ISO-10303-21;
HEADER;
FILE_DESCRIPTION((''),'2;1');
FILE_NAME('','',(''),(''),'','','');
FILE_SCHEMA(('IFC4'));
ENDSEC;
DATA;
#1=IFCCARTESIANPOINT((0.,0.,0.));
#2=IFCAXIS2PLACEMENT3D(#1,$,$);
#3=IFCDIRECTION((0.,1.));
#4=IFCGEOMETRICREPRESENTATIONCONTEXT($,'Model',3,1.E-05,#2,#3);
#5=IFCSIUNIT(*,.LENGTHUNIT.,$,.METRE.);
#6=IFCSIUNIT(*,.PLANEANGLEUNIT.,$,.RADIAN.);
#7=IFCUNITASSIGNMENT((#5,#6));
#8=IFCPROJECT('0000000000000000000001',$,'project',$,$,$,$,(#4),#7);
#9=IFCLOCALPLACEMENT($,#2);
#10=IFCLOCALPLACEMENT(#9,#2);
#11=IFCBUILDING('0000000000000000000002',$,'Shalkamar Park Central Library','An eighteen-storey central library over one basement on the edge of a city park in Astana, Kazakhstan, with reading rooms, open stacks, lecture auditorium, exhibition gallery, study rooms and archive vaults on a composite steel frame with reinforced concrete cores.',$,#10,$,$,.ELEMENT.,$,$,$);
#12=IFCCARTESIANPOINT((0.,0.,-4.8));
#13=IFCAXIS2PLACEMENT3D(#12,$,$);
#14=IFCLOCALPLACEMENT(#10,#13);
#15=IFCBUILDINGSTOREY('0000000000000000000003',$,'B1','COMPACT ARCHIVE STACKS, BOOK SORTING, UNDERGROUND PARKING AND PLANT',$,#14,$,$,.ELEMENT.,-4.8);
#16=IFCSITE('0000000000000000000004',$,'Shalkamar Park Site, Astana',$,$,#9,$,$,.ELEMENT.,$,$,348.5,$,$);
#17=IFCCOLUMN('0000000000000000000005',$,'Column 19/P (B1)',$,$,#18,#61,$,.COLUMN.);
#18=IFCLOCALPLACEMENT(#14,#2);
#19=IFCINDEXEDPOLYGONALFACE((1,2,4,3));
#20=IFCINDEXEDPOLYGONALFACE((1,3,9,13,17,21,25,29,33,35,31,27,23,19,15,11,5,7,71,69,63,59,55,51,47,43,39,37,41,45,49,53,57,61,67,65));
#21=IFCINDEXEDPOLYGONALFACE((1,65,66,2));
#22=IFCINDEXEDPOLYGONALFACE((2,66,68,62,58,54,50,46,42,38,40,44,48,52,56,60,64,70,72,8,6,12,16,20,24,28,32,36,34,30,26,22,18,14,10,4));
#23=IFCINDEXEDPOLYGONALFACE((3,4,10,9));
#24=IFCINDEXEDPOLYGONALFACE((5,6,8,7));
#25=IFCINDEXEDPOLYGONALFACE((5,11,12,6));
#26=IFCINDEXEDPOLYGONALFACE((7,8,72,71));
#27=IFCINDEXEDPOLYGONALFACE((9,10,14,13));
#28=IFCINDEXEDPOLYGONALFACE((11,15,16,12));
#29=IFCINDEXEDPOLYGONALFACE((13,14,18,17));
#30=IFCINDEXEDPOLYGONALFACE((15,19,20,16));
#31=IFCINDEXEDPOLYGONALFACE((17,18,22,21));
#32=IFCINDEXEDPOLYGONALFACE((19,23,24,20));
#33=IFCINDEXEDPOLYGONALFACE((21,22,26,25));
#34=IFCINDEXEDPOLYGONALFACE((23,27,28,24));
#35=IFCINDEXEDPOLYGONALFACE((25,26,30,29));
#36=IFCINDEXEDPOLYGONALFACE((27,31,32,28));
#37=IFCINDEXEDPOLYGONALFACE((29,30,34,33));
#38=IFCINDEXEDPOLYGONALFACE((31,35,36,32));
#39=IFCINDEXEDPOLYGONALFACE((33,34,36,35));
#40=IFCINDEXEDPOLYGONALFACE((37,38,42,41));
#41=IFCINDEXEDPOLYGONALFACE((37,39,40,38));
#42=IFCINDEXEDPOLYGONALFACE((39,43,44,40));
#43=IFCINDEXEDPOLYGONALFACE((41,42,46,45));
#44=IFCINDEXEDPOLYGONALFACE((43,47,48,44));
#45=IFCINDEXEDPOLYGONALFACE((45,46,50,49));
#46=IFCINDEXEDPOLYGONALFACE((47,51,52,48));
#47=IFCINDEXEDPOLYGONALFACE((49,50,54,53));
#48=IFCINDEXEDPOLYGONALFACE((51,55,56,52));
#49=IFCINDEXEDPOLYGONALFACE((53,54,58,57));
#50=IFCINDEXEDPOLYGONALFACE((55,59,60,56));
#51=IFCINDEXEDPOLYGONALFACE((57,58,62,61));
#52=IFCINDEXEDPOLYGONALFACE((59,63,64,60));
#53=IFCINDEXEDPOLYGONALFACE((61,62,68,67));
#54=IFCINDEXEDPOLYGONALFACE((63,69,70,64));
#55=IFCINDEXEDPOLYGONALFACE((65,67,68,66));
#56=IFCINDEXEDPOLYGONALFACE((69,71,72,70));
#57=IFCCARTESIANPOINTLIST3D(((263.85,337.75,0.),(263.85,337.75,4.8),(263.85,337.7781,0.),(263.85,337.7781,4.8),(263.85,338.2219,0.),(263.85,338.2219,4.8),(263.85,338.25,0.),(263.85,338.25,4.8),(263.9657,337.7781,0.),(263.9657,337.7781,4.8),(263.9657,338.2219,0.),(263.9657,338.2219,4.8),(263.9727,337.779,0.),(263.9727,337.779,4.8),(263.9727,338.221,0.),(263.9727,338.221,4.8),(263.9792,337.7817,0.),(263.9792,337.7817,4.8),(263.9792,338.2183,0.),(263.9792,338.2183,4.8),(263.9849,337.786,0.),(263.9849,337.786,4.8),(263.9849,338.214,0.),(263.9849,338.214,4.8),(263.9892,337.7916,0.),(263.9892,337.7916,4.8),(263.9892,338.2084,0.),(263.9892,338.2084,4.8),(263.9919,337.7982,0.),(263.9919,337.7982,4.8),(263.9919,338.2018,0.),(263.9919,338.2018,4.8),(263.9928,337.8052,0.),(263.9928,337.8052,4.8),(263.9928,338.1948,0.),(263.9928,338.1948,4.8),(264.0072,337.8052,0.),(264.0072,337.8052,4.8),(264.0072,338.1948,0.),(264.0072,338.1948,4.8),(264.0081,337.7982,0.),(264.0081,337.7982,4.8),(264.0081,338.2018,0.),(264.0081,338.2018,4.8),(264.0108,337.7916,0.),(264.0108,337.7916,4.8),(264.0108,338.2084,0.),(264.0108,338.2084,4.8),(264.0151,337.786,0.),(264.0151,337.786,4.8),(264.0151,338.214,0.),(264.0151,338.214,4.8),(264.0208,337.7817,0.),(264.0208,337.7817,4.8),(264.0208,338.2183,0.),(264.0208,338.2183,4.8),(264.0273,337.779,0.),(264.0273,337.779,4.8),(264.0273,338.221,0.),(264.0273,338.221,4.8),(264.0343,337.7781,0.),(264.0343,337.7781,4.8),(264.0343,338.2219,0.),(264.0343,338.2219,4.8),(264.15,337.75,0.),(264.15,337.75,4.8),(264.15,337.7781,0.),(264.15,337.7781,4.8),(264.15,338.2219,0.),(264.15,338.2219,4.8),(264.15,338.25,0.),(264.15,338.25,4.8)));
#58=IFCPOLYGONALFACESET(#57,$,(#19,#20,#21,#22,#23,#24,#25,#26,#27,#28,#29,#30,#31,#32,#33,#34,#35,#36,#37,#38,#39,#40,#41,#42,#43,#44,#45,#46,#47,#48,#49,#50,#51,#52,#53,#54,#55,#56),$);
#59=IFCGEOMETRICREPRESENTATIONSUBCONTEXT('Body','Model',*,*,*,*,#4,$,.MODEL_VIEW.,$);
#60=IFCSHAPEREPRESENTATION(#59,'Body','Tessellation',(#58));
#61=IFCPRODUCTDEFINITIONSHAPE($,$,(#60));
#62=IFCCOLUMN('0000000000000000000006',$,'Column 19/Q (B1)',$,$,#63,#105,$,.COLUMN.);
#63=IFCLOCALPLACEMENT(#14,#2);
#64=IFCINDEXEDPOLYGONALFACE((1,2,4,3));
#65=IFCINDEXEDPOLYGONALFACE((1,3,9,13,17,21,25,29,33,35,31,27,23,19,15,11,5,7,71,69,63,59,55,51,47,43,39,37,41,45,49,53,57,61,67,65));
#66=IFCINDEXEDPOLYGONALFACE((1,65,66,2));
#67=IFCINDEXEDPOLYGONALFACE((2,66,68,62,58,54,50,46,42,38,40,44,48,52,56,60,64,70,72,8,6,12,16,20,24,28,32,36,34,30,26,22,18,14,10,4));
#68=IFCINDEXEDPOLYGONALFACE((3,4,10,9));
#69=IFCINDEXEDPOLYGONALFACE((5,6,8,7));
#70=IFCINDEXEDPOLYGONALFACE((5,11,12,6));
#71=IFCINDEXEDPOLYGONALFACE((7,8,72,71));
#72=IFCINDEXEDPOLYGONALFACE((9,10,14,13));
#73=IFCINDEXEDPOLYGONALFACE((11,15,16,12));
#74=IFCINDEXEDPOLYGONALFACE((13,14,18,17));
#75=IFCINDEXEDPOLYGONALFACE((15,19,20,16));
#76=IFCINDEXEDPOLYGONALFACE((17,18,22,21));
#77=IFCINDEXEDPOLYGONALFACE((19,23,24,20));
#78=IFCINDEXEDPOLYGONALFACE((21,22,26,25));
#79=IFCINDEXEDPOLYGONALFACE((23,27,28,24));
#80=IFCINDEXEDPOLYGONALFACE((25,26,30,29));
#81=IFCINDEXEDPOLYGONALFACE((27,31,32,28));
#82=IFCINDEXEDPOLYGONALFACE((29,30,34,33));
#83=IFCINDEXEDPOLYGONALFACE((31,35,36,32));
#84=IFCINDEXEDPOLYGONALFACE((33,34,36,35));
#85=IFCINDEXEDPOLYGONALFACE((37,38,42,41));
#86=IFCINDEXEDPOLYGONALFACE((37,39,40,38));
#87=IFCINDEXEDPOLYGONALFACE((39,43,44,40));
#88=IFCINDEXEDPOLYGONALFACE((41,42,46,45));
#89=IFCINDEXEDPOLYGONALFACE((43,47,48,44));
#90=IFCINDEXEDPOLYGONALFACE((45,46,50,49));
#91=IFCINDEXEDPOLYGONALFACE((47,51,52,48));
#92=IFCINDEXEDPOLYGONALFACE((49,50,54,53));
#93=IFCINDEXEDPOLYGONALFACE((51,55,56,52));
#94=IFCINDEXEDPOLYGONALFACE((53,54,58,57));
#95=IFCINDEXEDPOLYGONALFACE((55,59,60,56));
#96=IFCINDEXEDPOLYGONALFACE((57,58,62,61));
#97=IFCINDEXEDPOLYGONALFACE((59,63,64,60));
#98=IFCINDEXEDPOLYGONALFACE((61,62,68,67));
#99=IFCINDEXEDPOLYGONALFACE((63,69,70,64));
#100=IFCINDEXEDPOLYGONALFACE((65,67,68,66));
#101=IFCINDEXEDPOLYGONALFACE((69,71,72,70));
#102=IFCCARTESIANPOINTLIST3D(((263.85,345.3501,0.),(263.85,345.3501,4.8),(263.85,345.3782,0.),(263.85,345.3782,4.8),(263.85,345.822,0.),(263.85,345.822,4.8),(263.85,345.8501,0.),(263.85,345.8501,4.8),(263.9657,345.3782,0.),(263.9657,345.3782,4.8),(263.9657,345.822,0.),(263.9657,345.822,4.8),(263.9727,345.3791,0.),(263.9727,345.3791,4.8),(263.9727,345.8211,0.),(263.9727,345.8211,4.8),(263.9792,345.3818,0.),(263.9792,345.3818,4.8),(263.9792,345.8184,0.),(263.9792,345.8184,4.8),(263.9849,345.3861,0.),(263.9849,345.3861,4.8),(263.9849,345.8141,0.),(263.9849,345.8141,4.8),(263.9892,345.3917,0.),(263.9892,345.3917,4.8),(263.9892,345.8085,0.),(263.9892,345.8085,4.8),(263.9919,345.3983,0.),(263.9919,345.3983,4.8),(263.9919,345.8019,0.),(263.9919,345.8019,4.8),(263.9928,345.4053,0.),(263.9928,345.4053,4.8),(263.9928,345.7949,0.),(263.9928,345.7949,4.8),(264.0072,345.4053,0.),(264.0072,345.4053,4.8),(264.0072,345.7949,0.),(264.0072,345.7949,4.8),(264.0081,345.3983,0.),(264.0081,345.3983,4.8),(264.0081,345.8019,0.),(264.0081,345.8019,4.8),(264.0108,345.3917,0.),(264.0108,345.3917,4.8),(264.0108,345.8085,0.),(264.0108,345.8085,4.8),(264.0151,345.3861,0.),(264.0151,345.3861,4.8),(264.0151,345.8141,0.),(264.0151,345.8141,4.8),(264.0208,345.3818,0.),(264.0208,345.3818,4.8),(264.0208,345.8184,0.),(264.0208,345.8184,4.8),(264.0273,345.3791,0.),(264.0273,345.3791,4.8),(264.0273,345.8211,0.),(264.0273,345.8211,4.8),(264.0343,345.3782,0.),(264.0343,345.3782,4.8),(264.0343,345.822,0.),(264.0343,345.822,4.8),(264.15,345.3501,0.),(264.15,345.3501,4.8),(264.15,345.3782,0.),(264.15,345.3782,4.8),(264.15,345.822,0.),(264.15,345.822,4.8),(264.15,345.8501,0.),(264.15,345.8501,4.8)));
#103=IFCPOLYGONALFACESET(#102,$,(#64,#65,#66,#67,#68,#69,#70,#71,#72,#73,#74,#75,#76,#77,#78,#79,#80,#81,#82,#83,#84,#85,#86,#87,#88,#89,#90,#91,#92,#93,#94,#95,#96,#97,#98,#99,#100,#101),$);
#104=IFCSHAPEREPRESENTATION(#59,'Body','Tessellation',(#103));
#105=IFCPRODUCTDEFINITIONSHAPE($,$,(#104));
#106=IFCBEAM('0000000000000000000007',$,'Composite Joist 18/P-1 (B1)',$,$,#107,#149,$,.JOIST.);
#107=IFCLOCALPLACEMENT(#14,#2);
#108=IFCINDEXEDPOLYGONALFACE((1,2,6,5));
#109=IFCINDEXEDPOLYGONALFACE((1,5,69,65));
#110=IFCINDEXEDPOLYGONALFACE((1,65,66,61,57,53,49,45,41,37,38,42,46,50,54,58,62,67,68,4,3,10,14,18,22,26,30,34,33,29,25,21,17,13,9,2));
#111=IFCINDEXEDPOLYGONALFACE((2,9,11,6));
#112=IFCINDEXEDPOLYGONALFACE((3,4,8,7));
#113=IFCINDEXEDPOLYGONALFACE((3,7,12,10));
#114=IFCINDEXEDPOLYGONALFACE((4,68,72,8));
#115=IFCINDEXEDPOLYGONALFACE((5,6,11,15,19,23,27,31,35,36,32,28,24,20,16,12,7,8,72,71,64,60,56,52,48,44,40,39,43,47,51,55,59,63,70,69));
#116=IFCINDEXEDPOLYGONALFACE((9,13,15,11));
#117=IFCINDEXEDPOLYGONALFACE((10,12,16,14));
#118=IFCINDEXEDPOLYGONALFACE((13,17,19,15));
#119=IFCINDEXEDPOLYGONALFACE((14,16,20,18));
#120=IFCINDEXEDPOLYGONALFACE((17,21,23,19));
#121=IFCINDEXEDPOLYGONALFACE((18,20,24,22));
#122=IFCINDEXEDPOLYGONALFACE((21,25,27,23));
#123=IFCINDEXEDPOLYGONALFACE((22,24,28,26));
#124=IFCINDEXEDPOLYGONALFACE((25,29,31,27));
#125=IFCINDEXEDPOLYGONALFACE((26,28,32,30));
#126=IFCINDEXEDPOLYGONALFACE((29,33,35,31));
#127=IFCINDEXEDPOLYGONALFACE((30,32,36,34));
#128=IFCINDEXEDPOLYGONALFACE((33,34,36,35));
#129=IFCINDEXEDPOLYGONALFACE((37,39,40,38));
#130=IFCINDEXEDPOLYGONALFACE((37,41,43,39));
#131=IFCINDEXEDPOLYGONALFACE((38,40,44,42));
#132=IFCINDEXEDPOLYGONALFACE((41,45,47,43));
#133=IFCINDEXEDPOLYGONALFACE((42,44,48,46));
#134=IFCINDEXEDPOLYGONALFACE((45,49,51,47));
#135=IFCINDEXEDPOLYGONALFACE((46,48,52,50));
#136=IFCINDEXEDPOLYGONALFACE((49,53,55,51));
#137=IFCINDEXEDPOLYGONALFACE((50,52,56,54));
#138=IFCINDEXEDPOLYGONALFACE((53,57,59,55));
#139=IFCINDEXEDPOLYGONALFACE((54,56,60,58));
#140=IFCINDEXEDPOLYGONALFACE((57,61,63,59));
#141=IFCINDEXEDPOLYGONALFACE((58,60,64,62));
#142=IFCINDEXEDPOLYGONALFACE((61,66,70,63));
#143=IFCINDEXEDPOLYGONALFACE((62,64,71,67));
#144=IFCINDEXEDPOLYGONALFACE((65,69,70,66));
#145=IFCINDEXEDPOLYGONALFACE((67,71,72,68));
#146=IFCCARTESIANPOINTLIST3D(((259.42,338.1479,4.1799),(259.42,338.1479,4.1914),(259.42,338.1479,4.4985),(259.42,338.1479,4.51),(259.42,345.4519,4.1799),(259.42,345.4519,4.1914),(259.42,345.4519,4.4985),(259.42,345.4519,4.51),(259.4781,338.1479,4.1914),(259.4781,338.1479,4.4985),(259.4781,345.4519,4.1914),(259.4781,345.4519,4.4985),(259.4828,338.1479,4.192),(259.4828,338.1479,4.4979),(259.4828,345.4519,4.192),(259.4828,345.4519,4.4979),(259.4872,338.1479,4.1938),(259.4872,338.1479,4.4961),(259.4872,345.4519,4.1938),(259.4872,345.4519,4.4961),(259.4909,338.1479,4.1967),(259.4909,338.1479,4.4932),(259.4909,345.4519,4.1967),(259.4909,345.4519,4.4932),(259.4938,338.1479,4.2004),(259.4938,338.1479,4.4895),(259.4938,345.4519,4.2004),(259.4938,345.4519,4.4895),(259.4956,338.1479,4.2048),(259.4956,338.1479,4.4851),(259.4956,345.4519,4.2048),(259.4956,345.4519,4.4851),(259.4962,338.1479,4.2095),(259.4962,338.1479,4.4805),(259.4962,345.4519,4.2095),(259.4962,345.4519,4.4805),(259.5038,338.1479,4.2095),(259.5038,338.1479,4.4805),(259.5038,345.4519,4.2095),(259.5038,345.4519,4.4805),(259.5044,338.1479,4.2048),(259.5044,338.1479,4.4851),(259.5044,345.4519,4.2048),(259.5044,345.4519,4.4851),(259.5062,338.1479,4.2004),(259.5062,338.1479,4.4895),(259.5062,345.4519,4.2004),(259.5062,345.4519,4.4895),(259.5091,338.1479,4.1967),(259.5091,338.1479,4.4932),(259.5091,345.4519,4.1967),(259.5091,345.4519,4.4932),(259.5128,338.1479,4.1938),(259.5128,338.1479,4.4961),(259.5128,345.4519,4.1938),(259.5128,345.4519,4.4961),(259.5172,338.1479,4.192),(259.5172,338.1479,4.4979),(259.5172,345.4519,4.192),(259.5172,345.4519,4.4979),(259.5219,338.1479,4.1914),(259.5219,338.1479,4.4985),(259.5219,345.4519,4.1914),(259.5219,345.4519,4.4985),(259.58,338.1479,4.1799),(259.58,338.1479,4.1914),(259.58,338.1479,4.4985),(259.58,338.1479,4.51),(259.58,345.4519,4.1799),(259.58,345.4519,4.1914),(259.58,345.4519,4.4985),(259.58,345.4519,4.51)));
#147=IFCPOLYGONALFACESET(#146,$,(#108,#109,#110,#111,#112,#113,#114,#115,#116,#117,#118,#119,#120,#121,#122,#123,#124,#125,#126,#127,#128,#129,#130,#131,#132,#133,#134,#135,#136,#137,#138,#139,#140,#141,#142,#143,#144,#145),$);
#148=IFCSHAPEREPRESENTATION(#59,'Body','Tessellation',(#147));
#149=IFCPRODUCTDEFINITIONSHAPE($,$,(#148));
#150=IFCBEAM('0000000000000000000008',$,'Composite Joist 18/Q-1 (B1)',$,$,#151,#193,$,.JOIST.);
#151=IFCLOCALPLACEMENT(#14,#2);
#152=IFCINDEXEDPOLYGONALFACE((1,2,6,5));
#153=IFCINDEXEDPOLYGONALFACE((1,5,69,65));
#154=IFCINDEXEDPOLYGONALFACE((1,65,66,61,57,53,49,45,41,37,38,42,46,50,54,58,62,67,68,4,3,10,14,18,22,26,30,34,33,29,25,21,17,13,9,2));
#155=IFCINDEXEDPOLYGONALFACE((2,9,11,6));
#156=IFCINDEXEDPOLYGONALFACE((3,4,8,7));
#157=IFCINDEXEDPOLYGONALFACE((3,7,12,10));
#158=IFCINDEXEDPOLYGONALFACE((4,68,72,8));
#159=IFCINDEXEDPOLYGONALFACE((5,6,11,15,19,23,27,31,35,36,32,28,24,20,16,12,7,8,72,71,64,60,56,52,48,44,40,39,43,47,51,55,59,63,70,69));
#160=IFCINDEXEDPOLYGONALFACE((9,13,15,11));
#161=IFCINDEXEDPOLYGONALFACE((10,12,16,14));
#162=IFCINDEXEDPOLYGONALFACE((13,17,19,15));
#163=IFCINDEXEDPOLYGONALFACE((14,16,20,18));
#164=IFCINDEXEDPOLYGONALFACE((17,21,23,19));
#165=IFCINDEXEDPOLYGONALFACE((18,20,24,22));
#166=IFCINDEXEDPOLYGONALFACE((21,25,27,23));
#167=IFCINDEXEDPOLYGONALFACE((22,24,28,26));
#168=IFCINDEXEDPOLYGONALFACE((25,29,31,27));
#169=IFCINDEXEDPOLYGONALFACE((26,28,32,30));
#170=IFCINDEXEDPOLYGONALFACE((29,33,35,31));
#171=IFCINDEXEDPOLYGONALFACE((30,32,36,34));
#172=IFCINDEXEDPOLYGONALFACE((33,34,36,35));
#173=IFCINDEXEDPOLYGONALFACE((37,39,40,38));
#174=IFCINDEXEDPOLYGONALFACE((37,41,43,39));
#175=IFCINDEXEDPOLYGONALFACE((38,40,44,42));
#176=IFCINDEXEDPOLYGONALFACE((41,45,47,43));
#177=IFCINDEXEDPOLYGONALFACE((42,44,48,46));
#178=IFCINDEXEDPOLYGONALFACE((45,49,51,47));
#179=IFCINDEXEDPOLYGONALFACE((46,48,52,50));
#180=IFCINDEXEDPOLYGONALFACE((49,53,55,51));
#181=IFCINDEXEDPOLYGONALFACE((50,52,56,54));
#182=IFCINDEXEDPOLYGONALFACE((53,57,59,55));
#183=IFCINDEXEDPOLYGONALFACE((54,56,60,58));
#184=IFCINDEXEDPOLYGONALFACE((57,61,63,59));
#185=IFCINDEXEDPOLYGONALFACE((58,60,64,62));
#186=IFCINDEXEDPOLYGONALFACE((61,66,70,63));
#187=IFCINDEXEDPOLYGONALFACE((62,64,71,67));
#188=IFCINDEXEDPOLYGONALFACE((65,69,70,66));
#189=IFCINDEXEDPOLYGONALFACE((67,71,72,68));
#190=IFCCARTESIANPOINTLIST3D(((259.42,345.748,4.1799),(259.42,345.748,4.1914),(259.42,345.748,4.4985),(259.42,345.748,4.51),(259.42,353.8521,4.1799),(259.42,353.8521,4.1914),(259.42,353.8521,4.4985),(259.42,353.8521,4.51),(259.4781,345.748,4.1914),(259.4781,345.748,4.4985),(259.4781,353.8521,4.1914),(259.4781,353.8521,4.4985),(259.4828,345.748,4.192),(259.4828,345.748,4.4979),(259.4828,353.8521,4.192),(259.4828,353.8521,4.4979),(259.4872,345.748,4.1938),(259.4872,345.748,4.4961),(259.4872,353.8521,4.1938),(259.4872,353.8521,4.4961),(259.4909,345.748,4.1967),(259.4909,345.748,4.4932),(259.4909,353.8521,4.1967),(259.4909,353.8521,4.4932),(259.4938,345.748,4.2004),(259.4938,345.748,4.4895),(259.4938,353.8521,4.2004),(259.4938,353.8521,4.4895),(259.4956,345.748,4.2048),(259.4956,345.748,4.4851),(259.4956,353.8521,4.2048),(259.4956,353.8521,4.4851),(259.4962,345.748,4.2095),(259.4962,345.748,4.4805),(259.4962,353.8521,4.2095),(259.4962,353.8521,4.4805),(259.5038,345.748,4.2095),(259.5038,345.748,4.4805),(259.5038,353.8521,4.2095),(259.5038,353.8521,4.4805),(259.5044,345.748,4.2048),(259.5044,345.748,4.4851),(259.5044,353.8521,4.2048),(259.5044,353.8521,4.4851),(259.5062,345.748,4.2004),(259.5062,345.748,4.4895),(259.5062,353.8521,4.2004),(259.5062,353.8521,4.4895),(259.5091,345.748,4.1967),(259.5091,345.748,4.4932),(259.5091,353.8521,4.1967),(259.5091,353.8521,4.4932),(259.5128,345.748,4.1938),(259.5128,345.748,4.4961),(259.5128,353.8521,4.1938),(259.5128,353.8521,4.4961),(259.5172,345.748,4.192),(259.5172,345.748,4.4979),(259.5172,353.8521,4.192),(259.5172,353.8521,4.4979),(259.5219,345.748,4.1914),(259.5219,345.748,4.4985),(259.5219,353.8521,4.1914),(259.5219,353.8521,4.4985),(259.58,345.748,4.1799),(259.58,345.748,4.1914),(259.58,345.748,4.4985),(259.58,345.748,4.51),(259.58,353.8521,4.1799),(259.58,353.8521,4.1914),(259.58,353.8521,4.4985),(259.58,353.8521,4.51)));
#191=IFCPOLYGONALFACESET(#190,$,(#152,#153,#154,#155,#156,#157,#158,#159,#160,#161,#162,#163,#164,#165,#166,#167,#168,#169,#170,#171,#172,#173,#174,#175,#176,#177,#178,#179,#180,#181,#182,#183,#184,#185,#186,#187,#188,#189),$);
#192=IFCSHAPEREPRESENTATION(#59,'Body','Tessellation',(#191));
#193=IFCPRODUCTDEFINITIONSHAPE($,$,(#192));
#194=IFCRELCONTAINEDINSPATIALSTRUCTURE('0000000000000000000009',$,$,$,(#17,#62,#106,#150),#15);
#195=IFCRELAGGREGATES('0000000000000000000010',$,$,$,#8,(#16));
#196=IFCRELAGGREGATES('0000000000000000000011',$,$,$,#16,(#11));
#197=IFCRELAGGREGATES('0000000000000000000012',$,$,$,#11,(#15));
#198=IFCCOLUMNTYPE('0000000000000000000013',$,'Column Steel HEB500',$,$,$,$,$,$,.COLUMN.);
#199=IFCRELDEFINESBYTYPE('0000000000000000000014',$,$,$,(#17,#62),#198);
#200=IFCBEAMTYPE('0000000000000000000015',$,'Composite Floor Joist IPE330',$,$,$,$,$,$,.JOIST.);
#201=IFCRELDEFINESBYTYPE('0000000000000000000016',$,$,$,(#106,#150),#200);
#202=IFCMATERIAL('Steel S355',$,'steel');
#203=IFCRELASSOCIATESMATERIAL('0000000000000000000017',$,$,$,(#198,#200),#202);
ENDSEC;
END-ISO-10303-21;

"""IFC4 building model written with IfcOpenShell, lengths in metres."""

from ifc_helpers import new_model, si_unit, direction, frame, origin, origin_2d, place, context, subcontext, project, spatial, i_section, extrude, material, material_profile, profile_set, type_object, element, save


model = new_model("IFC4")

# Units and contexts
model_context = context("Model", 3, precision=1e-05, world=origin(), true_north=direction((0.0, 1.0)))
body_context = subcontext(model_context, "Body", "Model", "MODEL_VIEW")
ifc_project = project(units=[si_unit("LENGTHUNIT", "METRE"), si_unit("PLANEANGLEUNIT", "RADIAN")], contexts=[model_context])

# Site, building, storey
site_placement = place(None, origin())
site = spatial("IfcSite", under=ifc_project, at=site_placement, Name="Shalkamar Park Site, Astana", CompositionType="ELEMENT", RefElevation=348.5)
building_placement = place(site_placement, origin())
building = spatial("IfcBuilding", under=site, at=building_placement, Name="Shalkamar Park Central Library", Description="An eighteen-storey central library over one basement on the edge of a city park in Astana, Kazakhstan, with reading rooms, open stacks, lecture auditorium, exhibition gallery, study rooms and archive vaults on a composite steel frame with reinforced concrete cores.", CompositionType="ELEMENT")
storey_placement = place(building_placement, frame((0.0, 0.0, -4.8)))
storey = spatial("IfcBuildingStorey", under=building, at=storey_placement, Name="B1", Description="COMPACT ARCHIVE STACKS, BOOK SORTING, UNDERGROUND PARKING AND PLANT", CompositionType="ELEMENT", Elevation=-4.8)

# Columns
ifc_material_1 = material(Name="Steel S355", Category="steel")
ifc_material_profile_1 = material_profile(ifc_material_1, i_section(OverallWidth=0.3, OverallDepth=0.5, WebThickness=0.0144, FlangeThickness=0.0281, FilletRadius=0.0271, at=origin_2d()), Name="HEB 500")
ifc_profile_set_1 = profile_set([ifc_material_profile_1], Name="Steel S355")
column_type_1 = type_object("IfcColumnType", Name="Column Steel HEB500", PredefinedType="COLUMN", material=ifc_profile_set_1)
for number, where, z_axis, x_axis, name in (
    (1, (264.0, 338.0, 0.0), (0.0, 0.0, 1.0), (1.0, 0.0, 0.0), "Column 19/P (B1)"),
    (2, (264.0, 345.6001, 0.0), (0.0, 0.0, 1.0), (1.0, 0.0, 0.0), "Column 19/Q (B1)"),
):
    element("IfcColumn", number, at=place(storey_placement, frame(where, z_axis=z_axis, x_axis=x_axis)), inside=storey, type_object=column_type_1, Name=name, PredefinedType="COLUMN", context=body_context, shape_type="SweptSolid", body=[
        extrude(i_section(OverallWidth=0.3, OverallDepth=0.5, WebThickness=0.0144, FlangeThickness=0.0281, FilletRadius=0.0271, at=origin_2d()), origin(), (0.0, 0.0, 1.0), 4.8),
    ])

# Beams
ifc_material_profile_2 = material_profile(ifc_material_1, i_section(OverallWidth=0.1599, OverallDepth=0.3301, WebThickness=0.0076, FlangeThickness=0.0115, FilletRadius=0.0181, at=origin_2d()), Name="IPE 330")
ifc_profile_set_2 = profile_set([ifc_material_profile_2], Name="Steel S355")
beam_type_1 = type_object("IfcBeamType", Name="Composite Floor Joist IPE330", PredefinedType="JOIST", material=ifc_profile_set_2)
beam_1_placement = place(storey_placement, frame((259.5, 338.1479, 4.345), z_axis=(0.0, 1.0, 0.0), x_axis=(-1.0, 0.0, 0.0)))
element("IfcBeam", 3, at=beam_1_placement, inside=storey, type_object=beam_type_1, Name="Composite Joist 18/P-1 (B1)", PredefinedType="JOIST", context=body_context, shape_type="SweptSolid", body=[
    extrude(i_section(OverallWidth=0.1599, OverallDepth=0.3301, WebThickness=0.0076, FlangeThickness=0.0115, FilletRadius=0.0181, at=origin_2d()), origin(), (0.0, 0.0, 1.0), 7.304),
])
beam_2_placement = place(storey_placement, frame((259.5, 345.748, 4.345), z_axis=(0.0, 1.0, 0.0), x_axis=(-1.0, 0.0, 0.0)))
element("IfcBeam", 4, at=beam_2_placement, inside=storey, type_object=beam_type_1, Name="Composite Joist 18/Q-1 (B1)", PredefinedType="JOIST", context=body_context, shape_type="SweptSolid", body=[
    extrude(i_section(OverallWidth=0.1599, OverallDepth=0.3301, WebThickness=0.0076, FlangeThickness=0.0115, FilletRadius=0.0181, at=origin_2d()), origin(), (0.0, 0.0, 1.0), 8.104),
])

save(model, "model.ifc")
